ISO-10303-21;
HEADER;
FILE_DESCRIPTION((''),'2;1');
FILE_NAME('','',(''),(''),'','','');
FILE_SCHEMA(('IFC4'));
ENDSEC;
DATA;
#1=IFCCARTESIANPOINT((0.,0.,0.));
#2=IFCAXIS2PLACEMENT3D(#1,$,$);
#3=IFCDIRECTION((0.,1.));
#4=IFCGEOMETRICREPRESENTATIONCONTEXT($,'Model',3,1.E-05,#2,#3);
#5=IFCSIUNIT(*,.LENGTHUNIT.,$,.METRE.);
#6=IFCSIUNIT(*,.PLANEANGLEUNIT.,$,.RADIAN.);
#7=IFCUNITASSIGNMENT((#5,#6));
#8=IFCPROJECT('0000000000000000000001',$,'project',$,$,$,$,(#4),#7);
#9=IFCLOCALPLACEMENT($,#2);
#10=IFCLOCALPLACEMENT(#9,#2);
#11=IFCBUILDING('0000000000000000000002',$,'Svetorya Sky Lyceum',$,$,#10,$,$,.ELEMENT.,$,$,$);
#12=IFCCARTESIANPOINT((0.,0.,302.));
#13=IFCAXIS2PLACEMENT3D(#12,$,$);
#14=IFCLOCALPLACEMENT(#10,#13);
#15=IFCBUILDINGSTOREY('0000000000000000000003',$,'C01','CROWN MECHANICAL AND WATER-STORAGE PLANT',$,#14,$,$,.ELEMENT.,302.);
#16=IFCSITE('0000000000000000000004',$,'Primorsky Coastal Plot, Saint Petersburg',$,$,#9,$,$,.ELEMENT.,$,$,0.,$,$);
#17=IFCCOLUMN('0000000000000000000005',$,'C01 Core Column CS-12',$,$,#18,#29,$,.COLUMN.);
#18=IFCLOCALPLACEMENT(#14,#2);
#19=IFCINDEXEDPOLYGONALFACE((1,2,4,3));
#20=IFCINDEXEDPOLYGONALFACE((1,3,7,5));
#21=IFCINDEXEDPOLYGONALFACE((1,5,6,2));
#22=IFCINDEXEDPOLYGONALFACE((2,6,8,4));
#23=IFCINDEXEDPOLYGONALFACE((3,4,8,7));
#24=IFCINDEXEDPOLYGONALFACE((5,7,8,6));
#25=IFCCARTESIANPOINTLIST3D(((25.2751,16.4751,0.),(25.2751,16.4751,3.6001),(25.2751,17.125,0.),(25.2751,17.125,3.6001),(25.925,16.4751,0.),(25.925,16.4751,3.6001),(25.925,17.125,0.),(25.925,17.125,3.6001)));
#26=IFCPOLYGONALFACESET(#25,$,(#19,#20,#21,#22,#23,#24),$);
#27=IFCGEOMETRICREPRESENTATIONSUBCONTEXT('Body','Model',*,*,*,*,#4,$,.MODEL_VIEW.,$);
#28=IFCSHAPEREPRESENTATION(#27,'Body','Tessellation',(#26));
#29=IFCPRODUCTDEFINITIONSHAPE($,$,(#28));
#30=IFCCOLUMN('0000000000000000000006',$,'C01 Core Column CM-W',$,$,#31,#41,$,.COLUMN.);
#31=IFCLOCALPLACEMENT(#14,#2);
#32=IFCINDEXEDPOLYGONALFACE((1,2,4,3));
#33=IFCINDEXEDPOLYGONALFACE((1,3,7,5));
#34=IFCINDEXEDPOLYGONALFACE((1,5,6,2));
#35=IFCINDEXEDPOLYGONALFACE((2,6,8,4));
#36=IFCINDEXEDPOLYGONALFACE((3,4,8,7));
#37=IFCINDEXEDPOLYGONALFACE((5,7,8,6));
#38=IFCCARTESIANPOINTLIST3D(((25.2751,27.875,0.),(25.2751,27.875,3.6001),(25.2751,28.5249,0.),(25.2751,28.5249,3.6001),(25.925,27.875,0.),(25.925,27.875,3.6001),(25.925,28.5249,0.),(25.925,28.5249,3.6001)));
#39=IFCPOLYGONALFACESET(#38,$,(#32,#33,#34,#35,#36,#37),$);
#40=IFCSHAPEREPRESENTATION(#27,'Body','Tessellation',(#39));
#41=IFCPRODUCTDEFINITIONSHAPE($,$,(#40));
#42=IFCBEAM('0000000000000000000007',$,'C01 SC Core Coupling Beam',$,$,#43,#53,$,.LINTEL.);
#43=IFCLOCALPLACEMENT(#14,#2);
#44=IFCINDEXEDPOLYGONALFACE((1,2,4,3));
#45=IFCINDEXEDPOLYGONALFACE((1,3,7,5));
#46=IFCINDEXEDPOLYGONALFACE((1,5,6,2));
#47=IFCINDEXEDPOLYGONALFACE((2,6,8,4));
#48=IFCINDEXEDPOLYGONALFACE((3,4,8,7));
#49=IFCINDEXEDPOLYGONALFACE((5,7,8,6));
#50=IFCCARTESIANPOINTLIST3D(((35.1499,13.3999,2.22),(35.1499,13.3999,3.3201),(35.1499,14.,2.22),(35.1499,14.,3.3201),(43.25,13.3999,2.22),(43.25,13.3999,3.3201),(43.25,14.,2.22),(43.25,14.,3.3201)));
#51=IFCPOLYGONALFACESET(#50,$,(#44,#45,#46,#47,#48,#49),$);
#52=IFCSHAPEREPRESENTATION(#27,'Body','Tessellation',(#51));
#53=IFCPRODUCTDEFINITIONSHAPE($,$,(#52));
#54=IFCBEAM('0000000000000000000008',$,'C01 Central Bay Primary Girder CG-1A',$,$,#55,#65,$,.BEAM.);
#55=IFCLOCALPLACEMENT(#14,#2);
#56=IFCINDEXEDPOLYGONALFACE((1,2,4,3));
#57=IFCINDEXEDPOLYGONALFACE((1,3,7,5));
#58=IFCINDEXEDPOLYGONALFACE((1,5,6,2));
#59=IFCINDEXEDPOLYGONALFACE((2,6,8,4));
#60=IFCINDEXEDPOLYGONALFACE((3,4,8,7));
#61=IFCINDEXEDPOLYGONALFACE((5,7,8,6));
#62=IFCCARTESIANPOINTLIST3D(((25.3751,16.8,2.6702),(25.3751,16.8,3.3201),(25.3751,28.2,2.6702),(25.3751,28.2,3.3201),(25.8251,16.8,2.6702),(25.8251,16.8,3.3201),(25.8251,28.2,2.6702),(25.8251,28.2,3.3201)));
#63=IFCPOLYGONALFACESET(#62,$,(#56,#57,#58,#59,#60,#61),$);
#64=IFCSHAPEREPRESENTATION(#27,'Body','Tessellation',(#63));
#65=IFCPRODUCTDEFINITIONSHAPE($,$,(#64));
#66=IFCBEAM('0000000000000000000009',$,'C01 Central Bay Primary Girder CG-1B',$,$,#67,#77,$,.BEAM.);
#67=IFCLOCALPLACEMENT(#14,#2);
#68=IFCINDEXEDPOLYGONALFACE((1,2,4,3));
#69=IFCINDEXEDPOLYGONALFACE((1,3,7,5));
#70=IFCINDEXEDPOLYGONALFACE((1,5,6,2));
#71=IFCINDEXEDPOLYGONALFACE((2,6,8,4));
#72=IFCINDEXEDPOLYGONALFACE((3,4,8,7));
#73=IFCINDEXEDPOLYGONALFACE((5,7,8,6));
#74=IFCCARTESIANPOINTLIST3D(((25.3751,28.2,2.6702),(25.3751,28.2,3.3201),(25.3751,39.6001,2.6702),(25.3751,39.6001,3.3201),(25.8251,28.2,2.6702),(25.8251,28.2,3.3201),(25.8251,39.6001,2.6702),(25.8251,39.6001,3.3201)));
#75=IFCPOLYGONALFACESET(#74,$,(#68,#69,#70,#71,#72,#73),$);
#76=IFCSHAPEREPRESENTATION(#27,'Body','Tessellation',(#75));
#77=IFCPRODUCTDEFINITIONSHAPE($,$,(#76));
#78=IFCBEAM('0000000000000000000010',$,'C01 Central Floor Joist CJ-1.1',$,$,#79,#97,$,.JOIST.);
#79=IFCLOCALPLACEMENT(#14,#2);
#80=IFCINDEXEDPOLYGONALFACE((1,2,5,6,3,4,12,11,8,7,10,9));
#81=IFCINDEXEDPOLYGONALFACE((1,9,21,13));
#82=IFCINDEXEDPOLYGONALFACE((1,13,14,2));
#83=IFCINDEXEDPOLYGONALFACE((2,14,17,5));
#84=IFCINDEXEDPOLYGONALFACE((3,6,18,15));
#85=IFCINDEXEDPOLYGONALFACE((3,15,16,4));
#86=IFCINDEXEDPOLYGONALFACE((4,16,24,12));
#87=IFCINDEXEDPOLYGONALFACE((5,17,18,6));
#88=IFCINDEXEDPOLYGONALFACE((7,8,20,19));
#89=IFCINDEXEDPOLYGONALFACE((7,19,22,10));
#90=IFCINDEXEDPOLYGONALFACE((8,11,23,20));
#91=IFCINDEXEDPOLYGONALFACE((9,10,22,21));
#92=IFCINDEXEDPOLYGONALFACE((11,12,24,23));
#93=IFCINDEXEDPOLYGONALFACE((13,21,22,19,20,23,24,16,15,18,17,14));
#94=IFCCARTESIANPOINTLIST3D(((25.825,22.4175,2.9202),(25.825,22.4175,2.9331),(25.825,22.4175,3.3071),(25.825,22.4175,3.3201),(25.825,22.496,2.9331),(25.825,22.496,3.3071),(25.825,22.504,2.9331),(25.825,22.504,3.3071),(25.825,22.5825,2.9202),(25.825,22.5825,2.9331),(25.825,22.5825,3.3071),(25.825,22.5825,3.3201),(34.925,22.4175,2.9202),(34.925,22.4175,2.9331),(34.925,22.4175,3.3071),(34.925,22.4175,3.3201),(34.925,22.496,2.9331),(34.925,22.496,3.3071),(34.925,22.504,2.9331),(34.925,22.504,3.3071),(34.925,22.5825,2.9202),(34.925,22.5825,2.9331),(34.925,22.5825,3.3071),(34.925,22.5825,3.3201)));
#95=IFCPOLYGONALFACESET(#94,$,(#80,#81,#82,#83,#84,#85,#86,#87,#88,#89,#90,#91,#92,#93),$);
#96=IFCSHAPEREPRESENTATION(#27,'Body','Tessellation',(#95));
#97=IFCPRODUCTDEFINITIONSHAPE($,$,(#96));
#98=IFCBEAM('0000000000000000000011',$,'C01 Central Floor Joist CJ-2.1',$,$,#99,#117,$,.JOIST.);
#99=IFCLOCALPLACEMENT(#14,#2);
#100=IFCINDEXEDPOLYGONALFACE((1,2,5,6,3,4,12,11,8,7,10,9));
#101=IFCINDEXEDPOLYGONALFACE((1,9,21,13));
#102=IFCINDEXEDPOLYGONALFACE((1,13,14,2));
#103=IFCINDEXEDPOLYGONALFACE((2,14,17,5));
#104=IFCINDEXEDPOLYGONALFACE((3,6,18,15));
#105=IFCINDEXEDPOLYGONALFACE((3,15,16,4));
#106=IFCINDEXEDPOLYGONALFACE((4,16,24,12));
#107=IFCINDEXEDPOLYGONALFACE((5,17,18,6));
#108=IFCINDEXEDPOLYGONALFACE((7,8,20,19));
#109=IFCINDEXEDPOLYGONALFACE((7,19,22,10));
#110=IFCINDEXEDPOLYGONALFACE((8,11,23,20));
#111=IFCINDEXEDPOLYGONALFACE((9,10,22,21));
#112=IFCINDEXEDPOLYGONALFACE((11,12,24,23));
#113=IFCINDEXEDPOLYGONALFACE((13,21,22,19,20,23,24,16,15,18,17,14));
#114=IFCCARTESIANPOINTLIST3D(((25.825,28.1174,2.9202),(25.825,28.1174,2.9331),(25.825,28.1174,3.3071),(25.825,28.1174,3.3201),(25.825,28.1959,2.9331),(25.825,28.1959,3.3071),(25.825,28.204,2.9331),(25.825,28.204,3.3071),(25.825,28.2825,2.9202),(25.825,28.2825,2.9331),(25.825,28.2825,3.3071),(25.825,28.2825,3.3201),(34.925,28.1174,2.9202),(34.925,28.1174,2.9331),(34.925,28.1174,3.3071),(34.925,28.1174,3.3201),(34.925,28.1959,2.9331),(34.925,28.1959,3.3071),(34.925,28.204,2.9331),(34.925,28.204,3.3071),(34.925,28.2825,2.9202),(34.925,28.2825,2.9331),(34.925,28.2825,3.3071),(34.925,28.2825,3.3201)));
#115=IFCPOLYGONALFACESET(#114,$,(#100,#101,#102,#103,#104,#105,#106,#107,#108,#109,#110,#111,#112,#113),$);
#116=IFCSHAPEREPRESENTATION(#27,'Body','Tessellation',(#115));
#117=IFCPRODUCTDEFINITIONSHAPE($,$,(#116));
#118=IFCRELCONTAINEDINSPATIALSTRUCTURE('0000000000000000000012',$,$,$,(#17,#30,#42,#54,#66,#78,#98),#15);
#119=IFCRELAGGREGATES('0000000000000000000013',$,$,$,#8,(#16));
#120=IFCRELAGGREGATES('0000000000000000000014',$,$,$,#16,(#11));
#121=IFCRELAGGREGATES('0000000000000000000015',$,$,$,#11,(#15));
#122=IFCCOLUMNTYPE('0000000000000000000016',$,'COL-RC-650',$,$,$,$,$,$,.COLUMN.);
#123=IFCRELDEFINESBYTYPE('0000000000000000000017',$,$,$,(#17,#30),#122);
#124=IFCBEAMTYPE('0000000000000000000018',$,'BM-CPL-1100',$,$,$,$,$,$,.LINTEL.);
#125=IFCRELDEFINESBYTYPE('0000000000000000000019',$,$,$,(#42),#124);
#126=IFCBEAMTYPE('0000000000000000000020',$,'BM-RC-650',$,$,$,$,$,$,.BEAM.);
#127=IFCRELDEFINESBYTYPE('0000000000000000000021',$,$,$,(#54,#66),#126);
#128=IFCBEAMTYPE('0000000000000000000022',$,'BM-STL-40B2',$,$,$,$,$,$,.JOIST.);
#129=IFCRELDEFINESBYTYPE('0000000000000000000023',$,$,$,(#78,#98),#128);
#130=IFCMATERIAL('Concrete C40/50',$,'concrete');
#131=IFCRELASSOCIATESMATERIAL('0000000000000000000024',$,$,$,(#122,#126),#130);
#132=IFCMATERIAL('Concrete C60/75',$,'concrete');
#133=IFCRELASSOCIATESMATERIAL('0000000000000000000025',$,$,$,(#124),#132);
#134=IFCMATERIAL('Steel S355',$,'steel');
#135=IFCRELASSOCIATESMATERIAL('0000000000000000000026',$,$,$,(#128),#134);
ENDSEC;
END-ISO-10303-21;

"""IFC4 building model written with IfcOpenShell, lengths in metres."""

from ifc_helpers import new_model, si_unit, direction, frame, origin, origin_2d, place, context, subcontext, project, spatial, rectangle, i_section, extrude, material, material_profile, profile_set, type_object, element, save


model = new_model("IFC4")

# Units and contexts
model_context = context("Model", 3, precision=1e-05, world=origin(), true_north=direction((0.0, 1.0)))
body_context = subcontext(model_context, "Body", "Model", "MODEL_VIEW")
ifc_project = project(units=[si_unit("LENGTHUNIT", "METRE"), si_unit("PLANEANGLEUNIT", "RADIAN")], contexts=[model_context])

# Site, building, storey
site_placement = place(None, origin())
site = spatial("IfcSite", under=ifc_project, at=site_placement, Name="Primorsky Coastal Plot, Saint Petersburg", CompositionType="ELEMENT", RefElevation=0.0)
building_placement = place(site_placement, origin())
building = spatial("IfcBuilding", under=site, at=building_placement, Name="Svetorya Sky Lyceum", CompositionType="ELEMENT")
storey_placement = place(building_placement, frame((0.0, 0.0, 302.0)))
storey = spatial("IfcBuildingStorey", under=building, at=storey_placement, Name="C01", Description="CROWN MECHANICAL AND WATER-STORAGE PLANT", CompositionType="ELEMENT", Elevation=302.0)

# Columns
ifc_material_1 = material(Name="Concrete C40/50", Category="concrete")
ifc_material_profile_1 = material_profile(ifc_material_1, rectangle(XDim=0.6499, YDim=0.6499, at=origin_2d()), Name="RC COL 650x650")
ifc_profile_set_1 = profile_set([ifc_material_profile_1], Name="Concrete C40/50")
column_type = type_object("IfcColumnType", Name="COL-RC-650", PredefinedType="COLUMN", material=ifc_profile_set_1)
for number, where, z_axis, x_axis, name in (
    (1, (25.6001, 16.8, 0.0), (0.0, 0.0, 1.0), (1.0, 0.0, 0.0), "C01 Core Column CS-12"),
    (2, (25.6001, 28.2, 0.0), (0.0, 0.0, 1.0), (1.0, 0.0, 0.0), "C01 Core Column CM-W"),
):
    element("IfcColumn", number, at=place(storey_placement, frame(where, z_axis=z_axis, x_axis=x_axis)), inside=storey, type_object=column_type, Name=name, PredefinedType="COLUMN", context=body_context, shape_type="SweptSolid", body=[
        extrude(rectangle(XDim=0.6499, YDim=0.6499, at=origin_2d()), origin(), (0.0, 0.0, 1.0), 3.6001),
    ])

# Beams
ifc_material_2 = material(Name="Concrete C60/75", Category="concrete")
ifc_material_profile_2 = material_profile(ifc_material_2, rectangle(XDim=0.6001, YDim=1.1001, at=origin_2d()), Name="RC COUPLING 600x1100")
ifc_profile_set_2 = profile_set([ifc_material_profile_2], Name="Concrete C60/75")
beam_type_1 = type_object("IfcBeamType", Name="BM-CPL-1100", PredefinedType="LINTEL", material=ifc_profile_set_2)
beam_1_placement = place(storey_placement, frame((35.1499, 13.7, 2.77), z_axis=(1.0, 0.0, 0.0), x_axis=(0.0, 1.0, 0.0)))
element("IfcBeam", 3, at=beam_1_placement, inside=storey, type_object=beam_type_1, Name="C01 SC Core Coupling Beam", PredefinedType="LINTEL", context=body_context, shape_type="SweptSolid", body=[
    extrude(rectangle(XDim=0.6001, YDim=1.1001, at=origin_2d()), origin(), (0.0, 0.0, 1.0), 8.1001),
])
ifc_material_profile_3 = material_profile(ifc_material_1, rectangle(XDim=0.45, YDim=0.6499, at=origin_2d()), Name="RC BEAM 450x650")
ifc_profile_set_3 = profile_set([ifc_material_profile_3], Name="Concrete C40/50")
beam_type_2 = type_object("IfcBeamType", Name="BM-RC-650", PredefinedType="BEAM", material=ifc_profile_set_3)
beam_2_placement = place(storey_placement, frame((25.6001, 16.8, 2.9951), z_axis=(0.0, 1.0, 0.0), x_axis=(-1.0, 0.0, 0.0)))
element("IfcBeam", 4, at=beam_2_placement, inside=storey, type_object=beam_type_2, Name="C01 Central Bay Primary Girder CG-1A", PredefinedType="BEAM", context=body_context, shape_type="SweptSolid", body=[
    extrude(rectangle(XDim=0.45, YDim=0.6499, at=origin_2d()), origin(), (0.0, 0.0, 1.0), 11.3999),
])
beam_3_placement = place(storey_placement, frame((25.6001, 28.2, 2.9951), z_axis=(0.0, 1.0, 0.0), x_axis=(-1.0, 0.0, 0.0)))
element("IfcBeam", 5, at=beam_3_placement, inside=storey, type_object=beam_type_2, Name="C01 Central Bay Primary Girder CG-1B", PredefinedType="BEAM", context=body_context, shape_type="SweptSolid", body=[
    extrude(rectangle(XDim=0.45, YDim=0.6499, at=origin_2d()), origin(), (0.0, 0.0, 1.0), 11.4001),
])
ifc_material_3 = material(Name="Steel S355", Category="steel")
ifc_material_profile_4 = material_profile(ifc_material_3, i_section(OverallWidth=0.165, OverallDepth=0.3999, WebThickness=0.0081, FlangeThickness=0.0129, at=origin_2d()), Name="GOST 40B2")
ifc_profile_set_4 = profile_set([ifc_material_profile_4], Name="Steel S355")
beam_type_3 = type_object("IfcBeamType", Name="BM-STL-40B2", PredefinedType="JOIST", material=ifc_profile_set_4)
for number, where, z_axis, x_axis, name in (
    (6, (25.825, 22.5, 3.1201), (1.0, 0.0, 0.0), (0.0, 1.0, 0.0), "C01 Central Floor Joist CJ-1.1"),
    (7, (25.825, 28.2, 3.1201), (1.0, 0.0, 0.0), (0.0, 1.0, 0.0), "C01 Central Floor Joist CJ-2.1"),
):
    element("IfcBeam", number, at=place(storey_placement, frame(where, z_axis=z_axis, x_axis=x_axis)), inside=storey, type_object=beam_type_3, Name=name, PredefinedType="JOIST", context=body_context, shape_type="SweptSolid", body=[
        extrude(i_section(OverallWidth=0.165, OverallDepth=0.3999, WebThickness=0.0081, FlangeThickness=0.0129, at=origin_2d()), origin(), (0.0, 0.0, 1.0), 9.1001),
    ])

save(model, "model.ifc")
